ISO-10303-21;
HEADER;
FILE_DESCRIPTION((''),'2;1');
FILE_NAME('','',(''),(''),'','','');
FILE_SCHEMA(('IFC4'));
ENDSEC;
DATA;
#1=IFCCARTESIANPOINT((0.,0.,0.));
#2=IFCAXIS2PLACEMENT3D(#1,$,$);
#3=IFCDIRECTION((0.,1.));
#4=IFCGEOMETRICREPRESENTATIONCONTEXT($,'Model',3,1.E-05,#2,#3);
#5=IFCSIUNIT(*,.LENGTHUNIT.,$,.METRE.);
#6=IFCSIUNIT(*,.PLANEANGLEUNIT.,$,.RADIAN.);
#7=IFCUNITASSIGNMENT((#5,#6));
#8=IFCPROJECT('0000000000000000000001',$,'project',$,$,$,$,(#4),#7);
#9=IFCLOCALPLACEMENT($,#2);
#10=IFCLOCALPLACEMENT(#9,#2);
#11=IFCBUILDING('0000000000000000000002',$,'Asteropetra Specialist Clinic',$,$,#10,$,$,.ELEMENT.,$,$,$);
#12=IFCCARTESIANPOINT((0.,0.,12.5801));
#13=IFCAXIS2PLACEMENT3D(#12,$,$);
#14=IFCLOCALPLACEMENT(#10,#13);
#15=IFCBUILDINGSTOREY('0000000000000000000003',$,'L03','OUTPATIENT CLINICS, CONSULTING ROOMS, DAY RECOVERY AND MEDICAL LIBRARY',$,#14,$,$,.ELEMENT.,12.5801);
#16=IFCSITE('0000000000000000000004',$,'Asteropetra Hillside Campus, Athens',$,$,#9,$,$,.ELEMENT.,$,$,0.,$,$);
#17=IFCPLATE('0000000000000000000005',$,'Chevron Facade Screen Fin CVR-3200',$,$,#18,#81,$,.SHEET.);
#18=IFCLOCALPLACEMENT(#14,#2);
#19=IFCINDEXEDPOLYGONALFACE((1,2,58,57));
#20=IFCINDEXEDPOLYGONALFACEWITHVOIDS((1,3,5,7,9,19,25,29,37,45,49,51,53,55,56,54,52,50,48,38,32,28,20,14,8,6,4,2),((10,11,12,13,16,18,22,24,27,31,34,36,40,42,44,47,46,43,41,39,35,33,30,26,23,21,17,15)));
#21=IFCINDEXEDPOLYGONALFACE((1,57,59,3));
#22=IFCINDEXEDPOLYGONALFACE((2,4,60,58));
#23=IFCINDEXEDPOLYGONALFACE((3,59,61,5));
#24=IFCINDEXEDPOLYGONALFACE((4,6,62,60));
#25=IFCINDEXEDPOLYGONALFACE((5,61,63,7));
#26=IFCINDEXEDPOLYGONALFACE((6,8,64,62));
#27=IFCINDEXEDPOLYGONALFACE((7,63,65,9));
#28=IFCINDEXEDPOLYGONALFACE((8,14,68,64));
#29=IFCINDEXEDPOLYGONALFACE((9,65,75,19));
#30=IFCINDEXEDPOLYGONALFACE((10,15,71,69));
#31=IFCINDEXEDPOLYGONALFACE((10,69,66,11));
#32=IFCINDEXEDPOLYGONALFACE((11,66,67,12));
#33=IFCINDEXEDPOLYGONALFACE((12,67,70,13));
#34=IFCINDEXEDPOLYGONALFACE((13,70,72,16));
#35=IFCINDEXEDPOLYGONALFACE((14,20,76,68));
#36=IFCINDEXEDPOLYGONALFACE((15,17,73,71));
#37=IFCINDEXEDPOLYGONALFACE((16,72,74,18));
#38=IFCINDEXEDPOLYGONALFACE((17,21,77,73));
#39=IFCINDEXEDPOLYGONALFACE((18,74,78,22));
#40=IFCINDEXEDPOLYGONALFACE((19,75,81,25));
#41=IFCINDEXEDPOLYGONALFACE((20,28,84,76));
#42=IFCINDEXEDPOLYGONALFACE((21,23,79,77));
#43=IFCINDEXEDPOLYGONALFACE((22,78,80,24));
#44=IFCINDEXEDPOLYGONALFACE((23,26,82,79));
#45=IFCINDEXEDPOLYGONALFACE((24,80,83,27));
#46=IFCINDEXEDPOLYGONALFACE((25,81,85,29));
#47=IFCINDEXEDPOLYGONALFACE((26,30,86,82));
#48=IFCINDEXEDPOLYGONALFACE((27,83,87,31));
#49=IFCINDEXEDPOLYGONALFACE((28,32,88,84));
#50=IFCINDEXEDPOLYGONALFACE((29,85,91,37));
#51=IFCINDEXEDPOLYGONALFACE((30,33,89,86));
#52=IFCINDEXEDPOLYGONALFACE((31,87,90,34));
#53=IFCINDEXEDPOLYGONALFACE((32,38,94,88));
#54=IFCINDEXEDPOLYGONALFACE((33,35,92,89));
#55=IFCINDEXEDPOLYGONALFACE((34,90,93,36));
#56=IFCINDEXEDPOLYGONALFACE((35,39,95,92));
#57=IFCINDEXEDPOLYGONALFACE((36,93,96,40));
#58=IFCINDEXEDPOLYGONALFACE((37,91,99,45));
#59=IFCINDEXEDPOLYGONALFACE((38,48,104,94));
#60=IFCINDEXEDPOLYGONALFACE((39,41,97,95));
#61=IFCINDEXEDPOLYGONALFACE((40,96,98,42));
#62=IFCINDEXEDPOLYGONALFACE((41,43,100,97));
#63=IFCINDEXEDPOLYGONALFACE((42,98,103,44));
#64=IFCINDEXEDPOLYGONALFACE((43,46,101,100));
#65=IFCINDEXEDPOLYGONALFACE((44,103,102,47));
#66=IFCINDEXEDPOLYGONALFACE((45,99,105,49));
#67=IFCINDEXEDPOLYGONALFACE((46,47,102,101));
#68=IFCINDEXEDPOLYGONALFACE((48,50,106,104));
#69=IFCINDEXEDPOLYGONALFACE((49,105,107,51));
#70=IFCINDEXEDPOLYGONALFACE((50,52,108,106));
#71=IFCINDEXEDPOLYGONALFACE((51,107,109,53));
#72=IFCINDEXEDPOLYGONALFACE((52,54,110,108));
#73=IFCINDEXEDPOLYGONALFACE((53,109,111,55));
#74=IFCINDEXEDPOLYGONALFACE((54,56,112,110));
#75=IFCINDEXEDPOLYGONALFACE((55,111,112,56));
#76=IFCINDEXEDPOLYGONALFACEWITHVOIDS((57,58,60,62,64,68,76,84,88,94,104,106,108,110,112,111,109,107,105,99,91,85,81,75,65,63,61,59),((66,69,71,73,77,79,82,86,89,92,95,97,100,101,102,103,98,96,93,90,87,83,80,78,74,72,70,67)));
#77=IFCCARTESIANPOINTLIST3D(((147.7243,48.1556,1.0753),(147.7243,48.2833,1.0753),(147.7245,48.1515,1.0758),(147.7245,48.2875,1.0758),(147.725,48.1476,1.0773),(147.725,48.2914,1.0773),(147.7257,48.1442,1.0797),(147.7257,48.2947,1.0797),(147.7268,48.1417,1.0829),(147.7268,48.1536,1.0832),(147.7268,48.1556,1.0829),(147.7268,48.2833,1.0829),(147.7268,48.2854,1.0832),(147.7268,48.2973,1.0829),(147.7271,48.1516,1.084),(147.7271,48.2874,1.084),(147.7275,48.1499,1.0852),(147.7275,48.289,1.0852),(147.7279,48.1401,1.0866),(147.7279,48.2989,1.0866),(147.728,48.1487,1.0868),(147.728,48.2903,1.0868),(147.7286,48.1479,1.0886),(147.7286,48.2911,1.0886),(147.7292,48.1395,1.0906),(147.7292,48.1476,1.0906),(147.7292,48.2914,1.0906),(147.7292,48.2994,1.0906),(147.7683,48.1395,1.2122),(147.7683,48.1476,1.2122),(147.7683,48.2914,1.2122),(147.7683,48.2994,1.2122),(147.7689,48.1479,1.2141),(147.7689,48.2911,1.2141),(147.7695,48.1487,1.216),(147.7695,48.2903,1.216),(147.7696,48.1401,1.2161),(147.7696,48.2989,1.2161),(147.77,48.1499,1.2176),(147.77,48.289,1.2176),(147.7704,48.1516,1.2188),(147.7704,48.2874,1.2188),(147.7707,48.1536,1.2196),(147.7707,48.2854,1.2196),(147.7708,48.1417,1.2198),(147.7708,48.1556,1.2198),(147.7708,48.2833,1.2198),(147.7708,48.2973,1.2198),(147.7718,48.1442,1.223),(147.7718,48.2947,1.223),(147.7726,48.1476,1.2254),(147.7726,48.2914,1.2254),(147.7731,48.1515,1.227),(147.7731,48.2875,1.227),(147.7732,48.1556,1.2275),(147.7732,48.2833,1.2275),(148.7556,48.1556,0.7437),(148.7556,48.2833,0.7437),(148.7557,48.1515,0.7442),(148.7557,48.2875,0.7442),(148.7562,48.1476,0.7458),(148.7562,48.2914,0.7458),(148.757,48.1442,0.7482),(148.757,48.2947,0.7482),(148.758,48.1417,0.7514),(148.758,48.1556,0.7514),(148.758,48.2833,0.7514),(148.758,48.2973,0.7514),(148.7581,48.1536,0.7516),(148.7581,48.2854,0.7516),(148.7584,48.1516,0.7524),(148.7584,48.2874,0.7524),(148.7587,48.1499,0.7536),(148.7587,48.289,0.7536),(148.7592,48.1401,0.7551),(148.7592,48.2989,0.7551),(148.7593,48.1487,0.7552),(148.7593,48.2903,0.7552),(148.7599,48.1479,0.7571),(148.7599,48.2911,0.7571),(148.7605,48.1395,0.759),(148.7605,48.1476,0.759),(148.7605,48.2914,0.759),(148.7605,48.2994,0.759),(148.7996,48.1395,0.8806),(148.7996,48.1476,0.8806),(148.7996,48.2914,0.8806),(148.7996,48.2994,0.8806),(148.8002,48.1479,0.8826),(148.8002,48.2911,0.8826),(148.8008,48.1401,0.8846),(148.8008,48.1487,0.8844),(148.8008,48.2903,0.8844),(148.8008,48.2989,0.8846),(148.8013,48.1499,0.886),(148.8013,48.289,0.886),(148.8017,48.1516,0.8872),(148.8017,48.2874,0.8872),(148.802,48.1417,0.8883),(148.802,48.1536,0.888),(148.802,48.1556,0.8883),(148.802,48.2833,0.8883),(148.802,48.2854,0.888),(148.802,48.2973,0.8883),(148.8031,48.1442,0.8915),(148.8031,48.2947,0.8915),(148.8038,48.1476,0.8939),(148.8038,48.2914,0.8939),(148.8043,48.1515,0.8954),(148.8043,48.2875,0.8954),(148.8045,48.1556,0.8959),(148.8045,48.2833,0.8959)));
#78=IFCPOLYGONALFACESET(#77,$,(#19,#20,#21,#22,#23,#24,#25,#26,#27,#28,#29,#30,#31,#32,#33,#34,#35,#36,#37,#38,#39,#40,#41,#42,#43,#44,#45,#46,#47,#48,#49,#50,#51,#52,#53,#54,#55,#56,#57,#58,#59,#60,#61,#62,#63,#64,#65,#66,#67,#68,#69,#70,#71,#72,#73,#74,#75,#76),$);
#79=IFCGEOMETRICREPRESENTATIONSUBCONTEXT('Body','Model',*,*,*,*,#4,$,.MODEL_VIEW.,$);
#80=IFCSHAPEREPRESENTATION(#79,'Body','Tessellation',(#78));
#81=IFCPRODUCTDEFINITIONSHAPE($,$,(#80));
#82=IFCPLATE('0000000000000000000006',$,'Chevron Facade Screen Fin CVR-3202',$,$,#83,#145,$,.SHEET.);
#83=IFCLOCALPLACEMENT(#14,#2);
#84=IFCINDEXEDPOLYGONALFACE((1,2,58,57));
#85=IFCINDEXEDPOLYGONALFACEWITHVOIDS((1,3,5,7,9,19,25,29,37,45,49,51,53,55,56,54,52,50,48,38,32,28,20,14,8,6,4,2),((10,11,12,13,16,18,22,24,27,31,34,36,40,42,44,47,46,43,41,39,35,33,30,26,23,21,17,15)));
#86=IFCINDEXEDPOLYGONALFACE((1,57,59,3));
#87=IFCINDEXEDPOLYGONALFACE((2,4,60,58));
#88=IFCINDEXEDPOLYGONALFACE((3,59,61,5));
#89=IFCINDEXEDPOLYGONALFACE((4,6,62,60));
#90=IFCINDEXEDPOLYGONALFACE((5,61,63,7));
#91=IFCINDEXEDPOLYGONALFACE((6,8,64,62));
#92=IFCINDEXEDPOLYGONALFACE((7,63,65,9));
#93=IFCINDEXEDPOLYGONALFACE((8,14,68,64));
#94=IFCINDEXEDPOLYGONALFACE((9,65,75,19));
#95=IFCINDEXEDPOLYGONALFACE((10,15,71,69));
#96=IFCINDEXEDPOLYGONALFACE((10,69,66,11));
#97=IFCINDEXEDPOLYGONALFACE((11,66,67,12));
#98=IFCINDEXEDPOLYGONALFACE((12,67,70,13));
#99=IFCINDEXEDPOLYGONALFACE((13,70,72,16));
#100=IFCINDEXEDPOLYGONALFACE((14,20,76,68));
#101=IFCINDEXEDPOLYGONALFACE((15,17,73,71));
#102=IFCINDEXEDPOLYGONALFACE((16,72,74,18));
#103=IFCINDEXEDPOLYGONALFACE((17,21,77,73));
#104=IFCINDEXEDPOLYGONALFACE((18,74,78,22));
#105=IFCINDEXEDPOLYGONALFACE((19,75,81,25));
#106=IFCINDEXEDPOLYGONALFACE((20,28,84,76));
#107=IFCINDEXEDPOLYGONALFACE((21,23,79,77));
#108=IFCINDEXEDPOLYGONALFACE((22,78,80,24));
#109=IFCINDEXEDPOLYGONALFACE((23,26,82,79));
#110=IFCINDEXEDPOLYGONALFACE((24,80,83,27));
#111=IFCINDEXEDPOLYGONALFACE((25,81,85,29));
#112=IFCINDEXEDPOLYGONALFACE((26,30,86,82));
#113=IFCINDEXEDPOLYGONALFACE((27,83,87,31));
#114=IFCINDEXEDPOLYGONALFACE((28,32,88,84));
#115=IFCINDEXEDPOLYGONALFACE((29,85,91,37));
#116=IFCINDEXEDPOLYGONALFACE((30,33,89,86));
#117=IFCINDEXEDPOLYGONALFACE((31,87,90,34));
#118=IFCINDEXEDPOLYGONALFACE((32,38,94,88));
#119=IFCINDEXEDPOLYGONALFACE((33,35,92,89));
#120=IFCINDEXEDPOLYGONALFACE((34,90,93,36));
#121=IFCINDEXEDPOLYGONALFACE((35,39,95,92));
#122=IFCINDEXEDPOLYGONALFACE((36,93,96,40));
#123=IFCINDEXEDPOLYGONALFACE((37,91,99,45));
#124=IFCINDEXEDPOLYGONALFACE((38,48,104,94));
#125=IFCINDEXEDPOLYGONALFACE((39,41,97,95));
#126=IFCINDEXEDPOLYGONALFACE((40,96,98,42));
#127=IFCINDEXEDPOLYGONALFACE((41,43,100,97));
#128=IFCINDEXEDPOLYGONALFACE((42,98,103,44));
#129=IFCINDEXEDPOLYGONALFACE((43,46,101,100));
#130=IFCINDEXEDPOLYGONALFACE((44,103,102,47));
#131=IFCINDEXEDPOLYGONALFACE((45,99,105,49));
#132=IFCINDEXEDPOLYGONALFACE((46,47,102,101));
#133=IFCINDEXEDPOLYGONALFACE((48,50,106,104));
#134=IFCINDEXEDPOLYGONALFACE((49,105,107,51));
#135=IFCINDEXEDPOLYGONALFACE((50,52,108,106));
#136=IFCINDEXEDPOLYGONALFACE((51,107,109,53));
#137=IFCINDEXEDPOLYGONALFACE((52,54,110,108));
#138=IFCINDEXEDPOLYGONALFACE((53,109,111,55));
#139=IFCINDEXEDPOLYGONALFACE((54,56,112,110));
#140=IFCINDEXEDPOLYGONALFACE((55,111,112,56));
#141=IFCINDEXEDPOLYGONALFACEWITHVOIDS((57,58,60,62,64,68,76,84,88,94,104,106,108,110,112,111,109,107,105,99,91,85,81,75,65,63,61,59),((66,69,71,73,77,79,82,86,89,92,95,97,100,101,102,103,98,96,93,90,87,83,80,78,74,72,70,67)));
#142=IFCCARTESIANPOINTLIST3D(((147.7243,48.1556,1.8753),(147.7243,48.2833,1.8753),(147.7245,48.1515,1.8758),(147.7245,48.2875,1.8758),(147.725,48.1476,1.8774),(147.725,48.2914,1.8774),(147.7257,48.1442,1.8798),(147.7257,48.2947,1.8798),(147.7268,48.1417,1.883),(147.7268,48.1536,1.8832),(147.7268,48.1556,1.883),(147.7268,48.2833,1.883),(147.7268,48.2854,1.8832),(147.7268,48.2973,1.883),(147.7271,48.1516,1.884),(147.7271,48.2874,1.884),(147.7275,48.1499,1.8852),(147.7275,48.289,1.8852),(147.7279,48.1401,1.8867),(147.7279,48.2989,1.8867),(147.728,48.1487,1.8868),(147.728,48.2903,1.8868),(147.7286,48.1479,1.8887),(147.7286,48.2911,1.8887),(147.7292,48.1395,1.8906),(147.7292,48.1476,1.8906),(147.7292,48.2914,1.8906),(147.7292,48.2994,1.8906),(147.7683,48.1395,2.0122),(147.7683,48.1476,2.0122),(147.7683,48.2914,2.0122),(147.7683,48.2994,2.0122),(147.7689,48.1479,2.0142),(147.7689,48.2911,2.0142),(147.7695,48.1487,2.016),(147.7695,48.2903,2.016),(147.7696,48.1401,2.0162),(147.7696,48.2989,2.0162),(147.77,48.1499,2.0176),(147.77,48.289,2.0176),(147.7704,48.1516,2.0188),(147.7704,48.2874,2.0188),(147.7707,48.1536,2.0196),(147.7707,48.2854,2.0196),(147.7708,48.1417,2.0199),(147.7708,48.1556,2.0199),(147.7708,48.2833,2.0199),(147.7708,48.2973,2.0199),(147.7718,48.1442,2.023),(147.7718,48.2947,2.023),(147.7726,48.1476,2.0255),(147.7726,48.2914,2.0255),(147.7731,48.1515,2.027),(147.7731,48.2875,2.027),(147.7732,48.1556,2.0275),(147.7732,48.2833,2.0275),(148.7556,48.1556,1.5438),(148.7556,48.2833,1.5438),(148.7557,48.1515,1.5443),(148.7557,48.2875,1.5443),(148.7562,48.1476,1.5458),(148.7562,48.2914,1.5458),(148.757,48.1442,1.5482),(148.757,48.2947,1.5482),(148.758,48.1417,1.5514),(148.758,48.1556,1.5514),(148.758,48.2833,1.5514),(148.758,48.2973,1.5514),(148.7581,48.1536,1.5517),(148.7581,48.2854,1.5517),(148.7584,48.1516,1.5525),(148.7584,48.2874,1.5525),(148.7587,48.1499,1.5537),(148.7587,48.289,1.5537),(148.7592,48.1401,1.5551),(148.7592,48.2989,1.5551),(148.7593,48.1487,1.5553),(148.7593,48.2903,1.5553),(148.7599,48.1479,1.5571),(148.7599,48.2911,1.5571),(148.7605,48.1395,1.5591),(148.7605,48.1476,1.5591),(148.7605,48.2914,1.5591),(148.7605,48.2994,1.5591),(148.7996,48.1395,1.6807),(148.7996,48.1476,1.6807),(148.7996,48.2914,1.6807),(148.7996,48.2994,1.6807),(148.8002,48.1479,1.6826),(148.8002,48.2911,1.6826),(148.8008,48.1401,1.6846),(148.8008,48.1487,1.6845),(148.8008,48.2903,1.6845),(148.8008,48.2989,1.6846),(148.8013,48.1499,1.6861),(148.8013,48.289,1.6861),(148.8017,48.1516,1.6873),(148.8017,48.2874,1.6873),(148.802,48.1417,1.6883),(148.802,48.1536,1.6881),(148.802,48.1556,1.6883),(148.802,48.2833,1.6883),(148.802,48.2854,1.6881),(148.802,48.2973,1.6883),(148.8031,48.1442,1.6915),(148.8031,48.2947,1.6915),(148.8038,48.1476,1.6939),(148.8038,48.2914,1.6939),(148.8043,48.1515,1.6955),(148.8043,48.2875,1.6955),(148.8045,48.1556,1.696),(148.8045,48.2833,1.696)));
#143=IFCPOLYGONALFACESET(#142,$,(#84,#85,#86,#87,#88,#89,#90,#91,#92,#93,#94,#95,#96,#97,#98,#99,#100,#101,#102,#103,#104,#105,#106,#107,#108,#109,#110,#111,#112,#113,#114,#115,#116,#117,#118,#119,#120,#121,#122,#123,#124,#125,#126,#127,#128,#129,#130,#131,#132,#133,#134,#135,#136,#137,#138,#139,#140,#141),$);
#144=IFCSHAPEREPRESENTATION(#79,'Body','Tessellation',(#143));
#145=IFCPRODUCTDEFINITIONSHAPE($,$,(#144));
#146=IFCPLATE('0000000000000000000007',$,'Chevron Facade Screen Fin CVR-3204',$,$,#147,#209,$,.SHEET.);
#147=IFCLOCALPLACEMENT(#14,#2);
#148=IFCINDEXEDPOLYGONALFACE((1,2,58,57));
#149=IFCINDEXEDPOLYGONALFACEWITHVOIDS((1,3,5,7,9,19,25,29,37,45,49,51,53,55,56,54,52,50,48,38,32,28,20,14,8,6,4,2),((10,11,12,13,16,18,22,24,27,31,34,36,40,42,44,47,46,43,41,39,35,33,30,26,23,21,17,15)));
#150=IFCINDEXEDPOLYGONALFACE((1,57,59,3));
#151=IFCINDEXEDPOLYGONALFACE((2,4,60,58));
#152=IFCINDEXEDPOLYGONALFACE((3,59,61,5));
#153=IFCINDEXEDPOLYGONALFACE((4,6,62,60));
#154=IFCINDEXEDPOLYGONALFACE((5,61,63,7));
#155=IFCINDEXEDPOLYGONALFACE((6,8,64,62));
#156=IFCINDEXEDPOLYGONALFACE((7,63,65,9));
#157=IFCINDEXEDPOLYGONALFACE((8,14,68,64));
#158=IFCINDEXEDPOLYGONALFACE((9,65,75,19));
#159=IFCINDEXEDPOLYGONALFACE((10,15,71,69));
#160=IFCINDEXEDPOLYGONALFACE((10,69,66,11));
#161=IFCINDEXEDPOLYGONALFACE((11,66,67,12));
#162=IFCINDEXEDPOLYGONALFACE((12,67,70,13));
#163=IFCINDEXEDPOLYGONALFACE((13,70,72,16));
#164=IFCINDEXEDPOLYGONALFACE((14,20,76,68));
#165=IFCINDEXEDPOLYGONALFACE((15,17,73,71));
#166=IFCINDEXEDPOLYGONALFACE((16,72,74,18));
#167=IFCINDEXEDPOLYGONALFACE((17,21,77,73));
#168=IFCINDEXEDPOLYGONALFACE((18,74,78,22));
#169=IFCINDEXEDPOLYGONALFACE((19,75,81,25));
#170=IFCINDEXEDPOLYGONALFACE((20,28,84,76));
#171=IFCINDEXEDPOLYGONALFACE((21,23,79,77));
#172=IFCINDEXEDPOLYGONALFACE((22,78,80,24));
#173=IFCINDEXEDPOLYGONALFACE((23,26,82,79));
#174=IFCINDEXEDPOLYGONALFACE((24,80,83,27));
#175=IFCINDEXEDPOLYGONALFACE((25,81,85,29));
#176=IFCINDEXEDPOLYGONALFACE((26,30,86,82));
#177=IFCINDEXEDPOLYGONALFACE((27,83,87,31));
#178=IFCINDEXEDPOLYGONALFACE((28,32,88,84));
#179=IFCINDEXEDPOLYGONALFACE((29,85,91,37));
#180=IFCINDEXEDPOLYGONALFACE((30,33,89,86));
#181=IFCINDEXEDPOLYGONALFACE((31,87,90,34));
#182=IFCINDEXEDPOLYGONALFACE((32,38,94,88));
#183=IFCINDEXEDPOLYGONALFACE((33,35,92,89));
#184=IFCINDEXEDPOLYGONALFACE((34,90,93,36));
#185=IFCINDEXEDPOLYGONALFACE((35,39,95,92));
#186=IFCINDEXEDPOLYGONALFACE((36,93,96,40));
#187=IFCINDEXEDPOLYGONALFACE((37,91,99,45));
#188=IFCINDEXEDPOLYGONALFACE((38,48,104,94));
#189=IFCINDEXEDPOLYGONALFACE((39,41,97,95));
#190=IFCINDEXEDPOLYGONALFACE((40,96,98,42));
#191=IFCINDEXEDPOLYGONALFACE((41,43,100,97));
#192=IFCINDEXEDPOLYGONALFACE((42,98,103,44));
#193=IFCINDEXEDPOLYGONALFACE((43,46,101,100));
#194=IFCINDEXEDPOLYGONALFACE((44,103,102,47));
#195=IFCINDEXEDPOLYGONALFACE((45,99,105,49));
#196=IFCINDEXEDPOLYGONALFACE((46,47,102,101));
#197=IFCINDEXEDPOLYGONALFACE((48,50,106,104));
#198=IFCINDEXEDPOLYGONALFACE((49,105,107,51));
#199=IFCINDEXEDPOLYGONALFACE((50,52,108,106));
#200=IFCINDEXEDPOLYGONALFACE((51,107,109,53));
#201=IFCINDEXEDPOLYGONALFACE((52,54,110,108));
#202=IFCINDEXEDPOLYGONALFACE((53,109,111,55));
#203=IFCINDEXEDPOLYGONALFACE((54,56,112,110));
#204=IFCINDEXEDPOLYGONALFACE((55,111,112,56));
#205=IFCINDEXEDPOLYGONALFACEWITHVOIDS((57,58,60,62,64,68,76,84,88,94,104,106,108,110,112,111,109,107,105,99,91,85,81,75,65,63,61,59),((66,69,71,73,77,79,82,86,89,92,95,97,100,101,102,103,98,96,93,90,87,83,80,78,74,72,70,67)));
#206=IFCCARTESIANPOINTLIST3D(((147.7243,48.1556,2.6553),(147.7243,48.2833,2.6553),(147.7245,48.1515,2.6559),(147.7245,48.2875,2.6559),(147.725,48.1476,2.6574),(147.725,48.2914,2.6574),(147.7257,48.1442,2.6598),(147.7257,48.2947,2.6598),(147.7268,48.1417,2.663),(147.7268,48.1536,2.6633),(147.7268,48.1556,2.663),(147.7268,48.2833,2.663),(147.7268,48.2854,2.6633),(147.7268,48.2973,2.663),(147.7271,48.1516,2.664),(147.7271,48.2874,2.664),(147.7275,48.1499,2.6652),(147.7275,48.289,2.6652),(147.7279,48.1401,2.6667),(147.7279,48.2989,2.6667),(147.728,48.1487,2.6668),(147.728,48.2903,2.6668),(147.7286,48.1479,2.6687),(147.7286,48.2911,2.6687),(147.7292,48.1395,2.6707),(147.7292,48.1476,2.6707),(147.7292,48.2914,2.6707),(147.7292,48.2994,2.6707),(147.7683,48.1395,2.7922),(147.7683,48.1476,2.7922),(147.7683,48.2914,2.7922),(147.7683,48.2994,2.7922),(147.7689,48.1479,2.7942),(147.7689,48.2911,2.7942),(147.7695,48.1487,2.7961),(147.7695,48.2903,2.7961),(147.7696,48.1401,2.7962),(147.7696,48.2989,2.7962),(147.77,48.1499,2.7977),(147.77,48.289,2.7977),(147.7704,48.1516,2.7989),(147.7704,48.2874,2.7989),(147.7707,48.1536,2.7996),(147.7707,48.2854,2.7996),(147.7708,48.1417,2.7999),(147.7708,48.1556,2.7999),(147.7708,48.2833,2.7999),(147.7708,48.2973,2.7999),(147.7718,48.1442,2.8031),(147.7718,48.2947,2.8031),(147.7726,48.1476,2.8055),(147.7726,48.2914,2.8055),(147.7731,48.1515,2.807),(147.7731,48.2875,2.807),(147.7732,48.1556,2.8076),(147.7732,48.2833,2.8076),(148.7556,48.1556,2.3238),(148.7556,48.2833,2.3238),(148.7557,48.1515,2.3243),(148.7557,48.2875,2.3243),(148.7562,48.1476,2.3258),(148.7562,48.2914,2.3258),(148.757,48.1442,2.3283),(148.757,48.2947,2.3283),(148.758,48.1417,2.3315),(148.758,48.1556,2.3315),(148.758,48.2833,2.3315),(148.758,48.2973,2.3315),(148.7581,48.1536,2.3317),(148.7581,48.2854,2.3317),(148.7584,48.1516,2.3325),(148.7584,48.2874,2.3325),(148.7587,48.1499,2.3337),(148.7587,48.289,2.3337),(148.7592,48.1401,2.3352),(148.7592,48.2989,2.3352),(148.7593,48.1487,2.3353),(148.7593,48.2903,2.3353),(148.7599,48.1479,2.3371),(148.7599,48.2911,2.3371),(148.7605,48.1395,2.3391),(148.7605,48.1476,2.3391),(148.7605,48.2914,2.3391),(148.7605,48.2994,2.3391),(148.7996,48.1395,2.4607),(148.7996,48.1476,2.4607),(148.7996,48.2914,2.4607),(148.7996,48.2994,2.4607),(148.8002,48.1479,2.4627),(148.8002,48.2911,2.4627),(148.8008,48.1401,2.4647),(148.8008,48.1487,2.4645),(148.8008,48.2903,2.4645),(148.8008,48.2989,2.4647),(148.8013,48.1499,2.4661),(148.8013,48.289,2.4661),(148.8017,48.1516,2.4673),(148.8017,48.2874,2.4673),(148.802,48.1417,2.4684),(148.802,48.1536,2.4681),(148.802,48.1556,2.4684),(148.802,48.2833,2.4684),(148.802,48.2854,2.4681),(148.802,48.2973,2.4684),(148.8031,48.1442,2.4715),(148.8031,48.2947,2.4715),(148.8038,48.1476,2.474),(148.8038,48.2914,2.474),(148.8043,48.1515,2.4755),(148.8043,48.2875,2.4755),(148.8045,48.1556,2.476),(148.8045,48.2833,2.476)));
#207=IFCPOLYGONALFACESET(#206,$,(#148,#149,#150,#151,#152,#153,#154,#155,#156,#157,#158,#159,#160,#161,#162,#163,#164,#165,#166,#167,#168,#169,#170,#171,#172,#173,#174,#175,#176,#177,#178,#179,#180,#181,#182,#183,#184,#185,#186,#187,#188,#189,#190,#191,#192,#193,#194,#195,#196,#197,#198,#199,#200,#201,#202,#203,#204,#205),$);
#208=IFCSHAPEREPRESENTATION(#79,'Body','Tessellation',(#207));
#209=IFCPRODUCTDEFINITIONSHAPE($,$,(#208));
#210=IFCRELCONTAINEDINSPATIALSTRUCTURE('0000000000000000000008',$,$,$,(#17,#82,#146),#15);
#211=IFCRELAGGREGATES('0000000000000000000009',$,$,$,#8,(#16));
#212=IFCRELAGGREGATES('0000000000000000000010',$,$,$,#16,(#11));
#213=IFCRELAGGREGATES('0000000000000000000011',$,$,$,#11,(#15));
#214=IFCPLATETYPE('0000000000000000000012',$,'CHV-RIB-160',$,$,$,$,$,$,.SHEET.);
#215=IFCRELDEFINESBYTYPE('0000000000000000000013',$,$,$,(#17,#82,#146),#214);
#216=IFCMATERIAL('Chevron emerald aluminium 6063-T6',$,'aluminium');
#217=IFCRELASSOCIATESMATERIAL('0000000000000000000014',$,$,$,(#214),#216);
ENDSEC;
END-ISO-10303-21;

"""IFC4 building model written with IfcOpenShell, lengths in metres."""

from ifc_helpers import new_model, si_unit, direction, frame, origin, origin_2d, place, context, subcontext, project, spatial, hollow_rectangle, extrude, material, material_profile, profile_set, type_object, element, save


model = new_model("IFC4")

# Units and contexts
model_context = context("Model", 3, precision=1e-05, world=origin(), true_north=direction((0.0, 1.0)))
body_context = subcontext(model_context, "Body", "Model", "MODEL_VIEW")
ifc_project = project(units=[si_unit("LENGTHUNIT", "METRE"), si_unit("PLANEANGLEUNIT", "RADIAN")], contexts=[model_context])

# Site, building, storey
site_placement = place(None, origin())
site = spatial("IfcSite", under=ifc_project, at=site_placement, Name="Asteropetra Hillside Campus, Athens", CompositionType="ELEMENT", RefElevation=0.0)
building_placement = place(site_placement, origin())
building = spatial("IfcBuilding", under=site, at=building_placement, Name="Asteropetra Specialist Clinic", CompositionType="ELEMENT")
storey_placement = place(building_placement, frame((0.0, 0.0, 12.5801)))
storey = spatial("IfcBuildingStorey", under=building, at=storey_placement, Name="L03", Description="OUTPATIENT CLINICS, CONSULTING ROOMS, DAY RECOVERY AND MEDICAL LIBRARY", CompositionType="ELEMENT", Elevation=12.5801)

# Plates
ifc_material_1 = material(Name="Chevron emerald aluminium 6063-T6", Category="aluminium")
ifc_material_profile = material_profile(ifc_material_1, hollow_rectangle(XDim=0.1599, YDim=0.1599, WallThickness=0.0081, InnerFilletRadius=0.0081, OuterFilletRadius=0.0161, at=origin_2d()), Name="SHS 160x160x8.0")
ifc_profile_set = profile_set([ifc_material_profile], Name="Chevron emerald aluminium 6063-T6")
plate_type_1 = type_object("IfcPlateType", Name="CHV-RIB-160", PredefinedType="SHEET", material=ifc_profile_set)
for number, where, z_axis, x_axis, name in (
    (1, (148.78, 48.2195, 0.8198), (-0.95201, 0.0, 0.306068), (0.0, -1.0, 0.0), "Chevron Facade Screen Fin CVR-3200"),
    (2, (148.78, 48.2195, 1.6199), (-0.95201, 0.0, 0.306068), (0.0, -1.0, 0.0), "Chevron Facade Screen Fin CVR-3202"),
    (3, (148.78, 48.2195, 2.3999), (-0.95201, 0.0, 0.306068), (0.0, -1.0, 0.0), "Chevron Facade Screen Fin CVR-3204"),
):
    element("IfcPlate", number, at=place(storey_placement, frame(where, z_axis=z_axis, x_axis=x_axis)), inside=storey, type_object=plate_type_1, Name=name, PredefinedType="SHEET", context=body_context, shape_type="SweptSolid", body=[
        extrude(hollow_rectangle(XDim=0.1599, YDim=0.1599, WallThickness=0.0081, InnerFilletRadius=0.0081, OuterFilletRadius=0.0161, at=origin_2d()), origin(), (0.0, 0.0, 1.0), 1.0833),
    ])

save(model, "model.ifc")
